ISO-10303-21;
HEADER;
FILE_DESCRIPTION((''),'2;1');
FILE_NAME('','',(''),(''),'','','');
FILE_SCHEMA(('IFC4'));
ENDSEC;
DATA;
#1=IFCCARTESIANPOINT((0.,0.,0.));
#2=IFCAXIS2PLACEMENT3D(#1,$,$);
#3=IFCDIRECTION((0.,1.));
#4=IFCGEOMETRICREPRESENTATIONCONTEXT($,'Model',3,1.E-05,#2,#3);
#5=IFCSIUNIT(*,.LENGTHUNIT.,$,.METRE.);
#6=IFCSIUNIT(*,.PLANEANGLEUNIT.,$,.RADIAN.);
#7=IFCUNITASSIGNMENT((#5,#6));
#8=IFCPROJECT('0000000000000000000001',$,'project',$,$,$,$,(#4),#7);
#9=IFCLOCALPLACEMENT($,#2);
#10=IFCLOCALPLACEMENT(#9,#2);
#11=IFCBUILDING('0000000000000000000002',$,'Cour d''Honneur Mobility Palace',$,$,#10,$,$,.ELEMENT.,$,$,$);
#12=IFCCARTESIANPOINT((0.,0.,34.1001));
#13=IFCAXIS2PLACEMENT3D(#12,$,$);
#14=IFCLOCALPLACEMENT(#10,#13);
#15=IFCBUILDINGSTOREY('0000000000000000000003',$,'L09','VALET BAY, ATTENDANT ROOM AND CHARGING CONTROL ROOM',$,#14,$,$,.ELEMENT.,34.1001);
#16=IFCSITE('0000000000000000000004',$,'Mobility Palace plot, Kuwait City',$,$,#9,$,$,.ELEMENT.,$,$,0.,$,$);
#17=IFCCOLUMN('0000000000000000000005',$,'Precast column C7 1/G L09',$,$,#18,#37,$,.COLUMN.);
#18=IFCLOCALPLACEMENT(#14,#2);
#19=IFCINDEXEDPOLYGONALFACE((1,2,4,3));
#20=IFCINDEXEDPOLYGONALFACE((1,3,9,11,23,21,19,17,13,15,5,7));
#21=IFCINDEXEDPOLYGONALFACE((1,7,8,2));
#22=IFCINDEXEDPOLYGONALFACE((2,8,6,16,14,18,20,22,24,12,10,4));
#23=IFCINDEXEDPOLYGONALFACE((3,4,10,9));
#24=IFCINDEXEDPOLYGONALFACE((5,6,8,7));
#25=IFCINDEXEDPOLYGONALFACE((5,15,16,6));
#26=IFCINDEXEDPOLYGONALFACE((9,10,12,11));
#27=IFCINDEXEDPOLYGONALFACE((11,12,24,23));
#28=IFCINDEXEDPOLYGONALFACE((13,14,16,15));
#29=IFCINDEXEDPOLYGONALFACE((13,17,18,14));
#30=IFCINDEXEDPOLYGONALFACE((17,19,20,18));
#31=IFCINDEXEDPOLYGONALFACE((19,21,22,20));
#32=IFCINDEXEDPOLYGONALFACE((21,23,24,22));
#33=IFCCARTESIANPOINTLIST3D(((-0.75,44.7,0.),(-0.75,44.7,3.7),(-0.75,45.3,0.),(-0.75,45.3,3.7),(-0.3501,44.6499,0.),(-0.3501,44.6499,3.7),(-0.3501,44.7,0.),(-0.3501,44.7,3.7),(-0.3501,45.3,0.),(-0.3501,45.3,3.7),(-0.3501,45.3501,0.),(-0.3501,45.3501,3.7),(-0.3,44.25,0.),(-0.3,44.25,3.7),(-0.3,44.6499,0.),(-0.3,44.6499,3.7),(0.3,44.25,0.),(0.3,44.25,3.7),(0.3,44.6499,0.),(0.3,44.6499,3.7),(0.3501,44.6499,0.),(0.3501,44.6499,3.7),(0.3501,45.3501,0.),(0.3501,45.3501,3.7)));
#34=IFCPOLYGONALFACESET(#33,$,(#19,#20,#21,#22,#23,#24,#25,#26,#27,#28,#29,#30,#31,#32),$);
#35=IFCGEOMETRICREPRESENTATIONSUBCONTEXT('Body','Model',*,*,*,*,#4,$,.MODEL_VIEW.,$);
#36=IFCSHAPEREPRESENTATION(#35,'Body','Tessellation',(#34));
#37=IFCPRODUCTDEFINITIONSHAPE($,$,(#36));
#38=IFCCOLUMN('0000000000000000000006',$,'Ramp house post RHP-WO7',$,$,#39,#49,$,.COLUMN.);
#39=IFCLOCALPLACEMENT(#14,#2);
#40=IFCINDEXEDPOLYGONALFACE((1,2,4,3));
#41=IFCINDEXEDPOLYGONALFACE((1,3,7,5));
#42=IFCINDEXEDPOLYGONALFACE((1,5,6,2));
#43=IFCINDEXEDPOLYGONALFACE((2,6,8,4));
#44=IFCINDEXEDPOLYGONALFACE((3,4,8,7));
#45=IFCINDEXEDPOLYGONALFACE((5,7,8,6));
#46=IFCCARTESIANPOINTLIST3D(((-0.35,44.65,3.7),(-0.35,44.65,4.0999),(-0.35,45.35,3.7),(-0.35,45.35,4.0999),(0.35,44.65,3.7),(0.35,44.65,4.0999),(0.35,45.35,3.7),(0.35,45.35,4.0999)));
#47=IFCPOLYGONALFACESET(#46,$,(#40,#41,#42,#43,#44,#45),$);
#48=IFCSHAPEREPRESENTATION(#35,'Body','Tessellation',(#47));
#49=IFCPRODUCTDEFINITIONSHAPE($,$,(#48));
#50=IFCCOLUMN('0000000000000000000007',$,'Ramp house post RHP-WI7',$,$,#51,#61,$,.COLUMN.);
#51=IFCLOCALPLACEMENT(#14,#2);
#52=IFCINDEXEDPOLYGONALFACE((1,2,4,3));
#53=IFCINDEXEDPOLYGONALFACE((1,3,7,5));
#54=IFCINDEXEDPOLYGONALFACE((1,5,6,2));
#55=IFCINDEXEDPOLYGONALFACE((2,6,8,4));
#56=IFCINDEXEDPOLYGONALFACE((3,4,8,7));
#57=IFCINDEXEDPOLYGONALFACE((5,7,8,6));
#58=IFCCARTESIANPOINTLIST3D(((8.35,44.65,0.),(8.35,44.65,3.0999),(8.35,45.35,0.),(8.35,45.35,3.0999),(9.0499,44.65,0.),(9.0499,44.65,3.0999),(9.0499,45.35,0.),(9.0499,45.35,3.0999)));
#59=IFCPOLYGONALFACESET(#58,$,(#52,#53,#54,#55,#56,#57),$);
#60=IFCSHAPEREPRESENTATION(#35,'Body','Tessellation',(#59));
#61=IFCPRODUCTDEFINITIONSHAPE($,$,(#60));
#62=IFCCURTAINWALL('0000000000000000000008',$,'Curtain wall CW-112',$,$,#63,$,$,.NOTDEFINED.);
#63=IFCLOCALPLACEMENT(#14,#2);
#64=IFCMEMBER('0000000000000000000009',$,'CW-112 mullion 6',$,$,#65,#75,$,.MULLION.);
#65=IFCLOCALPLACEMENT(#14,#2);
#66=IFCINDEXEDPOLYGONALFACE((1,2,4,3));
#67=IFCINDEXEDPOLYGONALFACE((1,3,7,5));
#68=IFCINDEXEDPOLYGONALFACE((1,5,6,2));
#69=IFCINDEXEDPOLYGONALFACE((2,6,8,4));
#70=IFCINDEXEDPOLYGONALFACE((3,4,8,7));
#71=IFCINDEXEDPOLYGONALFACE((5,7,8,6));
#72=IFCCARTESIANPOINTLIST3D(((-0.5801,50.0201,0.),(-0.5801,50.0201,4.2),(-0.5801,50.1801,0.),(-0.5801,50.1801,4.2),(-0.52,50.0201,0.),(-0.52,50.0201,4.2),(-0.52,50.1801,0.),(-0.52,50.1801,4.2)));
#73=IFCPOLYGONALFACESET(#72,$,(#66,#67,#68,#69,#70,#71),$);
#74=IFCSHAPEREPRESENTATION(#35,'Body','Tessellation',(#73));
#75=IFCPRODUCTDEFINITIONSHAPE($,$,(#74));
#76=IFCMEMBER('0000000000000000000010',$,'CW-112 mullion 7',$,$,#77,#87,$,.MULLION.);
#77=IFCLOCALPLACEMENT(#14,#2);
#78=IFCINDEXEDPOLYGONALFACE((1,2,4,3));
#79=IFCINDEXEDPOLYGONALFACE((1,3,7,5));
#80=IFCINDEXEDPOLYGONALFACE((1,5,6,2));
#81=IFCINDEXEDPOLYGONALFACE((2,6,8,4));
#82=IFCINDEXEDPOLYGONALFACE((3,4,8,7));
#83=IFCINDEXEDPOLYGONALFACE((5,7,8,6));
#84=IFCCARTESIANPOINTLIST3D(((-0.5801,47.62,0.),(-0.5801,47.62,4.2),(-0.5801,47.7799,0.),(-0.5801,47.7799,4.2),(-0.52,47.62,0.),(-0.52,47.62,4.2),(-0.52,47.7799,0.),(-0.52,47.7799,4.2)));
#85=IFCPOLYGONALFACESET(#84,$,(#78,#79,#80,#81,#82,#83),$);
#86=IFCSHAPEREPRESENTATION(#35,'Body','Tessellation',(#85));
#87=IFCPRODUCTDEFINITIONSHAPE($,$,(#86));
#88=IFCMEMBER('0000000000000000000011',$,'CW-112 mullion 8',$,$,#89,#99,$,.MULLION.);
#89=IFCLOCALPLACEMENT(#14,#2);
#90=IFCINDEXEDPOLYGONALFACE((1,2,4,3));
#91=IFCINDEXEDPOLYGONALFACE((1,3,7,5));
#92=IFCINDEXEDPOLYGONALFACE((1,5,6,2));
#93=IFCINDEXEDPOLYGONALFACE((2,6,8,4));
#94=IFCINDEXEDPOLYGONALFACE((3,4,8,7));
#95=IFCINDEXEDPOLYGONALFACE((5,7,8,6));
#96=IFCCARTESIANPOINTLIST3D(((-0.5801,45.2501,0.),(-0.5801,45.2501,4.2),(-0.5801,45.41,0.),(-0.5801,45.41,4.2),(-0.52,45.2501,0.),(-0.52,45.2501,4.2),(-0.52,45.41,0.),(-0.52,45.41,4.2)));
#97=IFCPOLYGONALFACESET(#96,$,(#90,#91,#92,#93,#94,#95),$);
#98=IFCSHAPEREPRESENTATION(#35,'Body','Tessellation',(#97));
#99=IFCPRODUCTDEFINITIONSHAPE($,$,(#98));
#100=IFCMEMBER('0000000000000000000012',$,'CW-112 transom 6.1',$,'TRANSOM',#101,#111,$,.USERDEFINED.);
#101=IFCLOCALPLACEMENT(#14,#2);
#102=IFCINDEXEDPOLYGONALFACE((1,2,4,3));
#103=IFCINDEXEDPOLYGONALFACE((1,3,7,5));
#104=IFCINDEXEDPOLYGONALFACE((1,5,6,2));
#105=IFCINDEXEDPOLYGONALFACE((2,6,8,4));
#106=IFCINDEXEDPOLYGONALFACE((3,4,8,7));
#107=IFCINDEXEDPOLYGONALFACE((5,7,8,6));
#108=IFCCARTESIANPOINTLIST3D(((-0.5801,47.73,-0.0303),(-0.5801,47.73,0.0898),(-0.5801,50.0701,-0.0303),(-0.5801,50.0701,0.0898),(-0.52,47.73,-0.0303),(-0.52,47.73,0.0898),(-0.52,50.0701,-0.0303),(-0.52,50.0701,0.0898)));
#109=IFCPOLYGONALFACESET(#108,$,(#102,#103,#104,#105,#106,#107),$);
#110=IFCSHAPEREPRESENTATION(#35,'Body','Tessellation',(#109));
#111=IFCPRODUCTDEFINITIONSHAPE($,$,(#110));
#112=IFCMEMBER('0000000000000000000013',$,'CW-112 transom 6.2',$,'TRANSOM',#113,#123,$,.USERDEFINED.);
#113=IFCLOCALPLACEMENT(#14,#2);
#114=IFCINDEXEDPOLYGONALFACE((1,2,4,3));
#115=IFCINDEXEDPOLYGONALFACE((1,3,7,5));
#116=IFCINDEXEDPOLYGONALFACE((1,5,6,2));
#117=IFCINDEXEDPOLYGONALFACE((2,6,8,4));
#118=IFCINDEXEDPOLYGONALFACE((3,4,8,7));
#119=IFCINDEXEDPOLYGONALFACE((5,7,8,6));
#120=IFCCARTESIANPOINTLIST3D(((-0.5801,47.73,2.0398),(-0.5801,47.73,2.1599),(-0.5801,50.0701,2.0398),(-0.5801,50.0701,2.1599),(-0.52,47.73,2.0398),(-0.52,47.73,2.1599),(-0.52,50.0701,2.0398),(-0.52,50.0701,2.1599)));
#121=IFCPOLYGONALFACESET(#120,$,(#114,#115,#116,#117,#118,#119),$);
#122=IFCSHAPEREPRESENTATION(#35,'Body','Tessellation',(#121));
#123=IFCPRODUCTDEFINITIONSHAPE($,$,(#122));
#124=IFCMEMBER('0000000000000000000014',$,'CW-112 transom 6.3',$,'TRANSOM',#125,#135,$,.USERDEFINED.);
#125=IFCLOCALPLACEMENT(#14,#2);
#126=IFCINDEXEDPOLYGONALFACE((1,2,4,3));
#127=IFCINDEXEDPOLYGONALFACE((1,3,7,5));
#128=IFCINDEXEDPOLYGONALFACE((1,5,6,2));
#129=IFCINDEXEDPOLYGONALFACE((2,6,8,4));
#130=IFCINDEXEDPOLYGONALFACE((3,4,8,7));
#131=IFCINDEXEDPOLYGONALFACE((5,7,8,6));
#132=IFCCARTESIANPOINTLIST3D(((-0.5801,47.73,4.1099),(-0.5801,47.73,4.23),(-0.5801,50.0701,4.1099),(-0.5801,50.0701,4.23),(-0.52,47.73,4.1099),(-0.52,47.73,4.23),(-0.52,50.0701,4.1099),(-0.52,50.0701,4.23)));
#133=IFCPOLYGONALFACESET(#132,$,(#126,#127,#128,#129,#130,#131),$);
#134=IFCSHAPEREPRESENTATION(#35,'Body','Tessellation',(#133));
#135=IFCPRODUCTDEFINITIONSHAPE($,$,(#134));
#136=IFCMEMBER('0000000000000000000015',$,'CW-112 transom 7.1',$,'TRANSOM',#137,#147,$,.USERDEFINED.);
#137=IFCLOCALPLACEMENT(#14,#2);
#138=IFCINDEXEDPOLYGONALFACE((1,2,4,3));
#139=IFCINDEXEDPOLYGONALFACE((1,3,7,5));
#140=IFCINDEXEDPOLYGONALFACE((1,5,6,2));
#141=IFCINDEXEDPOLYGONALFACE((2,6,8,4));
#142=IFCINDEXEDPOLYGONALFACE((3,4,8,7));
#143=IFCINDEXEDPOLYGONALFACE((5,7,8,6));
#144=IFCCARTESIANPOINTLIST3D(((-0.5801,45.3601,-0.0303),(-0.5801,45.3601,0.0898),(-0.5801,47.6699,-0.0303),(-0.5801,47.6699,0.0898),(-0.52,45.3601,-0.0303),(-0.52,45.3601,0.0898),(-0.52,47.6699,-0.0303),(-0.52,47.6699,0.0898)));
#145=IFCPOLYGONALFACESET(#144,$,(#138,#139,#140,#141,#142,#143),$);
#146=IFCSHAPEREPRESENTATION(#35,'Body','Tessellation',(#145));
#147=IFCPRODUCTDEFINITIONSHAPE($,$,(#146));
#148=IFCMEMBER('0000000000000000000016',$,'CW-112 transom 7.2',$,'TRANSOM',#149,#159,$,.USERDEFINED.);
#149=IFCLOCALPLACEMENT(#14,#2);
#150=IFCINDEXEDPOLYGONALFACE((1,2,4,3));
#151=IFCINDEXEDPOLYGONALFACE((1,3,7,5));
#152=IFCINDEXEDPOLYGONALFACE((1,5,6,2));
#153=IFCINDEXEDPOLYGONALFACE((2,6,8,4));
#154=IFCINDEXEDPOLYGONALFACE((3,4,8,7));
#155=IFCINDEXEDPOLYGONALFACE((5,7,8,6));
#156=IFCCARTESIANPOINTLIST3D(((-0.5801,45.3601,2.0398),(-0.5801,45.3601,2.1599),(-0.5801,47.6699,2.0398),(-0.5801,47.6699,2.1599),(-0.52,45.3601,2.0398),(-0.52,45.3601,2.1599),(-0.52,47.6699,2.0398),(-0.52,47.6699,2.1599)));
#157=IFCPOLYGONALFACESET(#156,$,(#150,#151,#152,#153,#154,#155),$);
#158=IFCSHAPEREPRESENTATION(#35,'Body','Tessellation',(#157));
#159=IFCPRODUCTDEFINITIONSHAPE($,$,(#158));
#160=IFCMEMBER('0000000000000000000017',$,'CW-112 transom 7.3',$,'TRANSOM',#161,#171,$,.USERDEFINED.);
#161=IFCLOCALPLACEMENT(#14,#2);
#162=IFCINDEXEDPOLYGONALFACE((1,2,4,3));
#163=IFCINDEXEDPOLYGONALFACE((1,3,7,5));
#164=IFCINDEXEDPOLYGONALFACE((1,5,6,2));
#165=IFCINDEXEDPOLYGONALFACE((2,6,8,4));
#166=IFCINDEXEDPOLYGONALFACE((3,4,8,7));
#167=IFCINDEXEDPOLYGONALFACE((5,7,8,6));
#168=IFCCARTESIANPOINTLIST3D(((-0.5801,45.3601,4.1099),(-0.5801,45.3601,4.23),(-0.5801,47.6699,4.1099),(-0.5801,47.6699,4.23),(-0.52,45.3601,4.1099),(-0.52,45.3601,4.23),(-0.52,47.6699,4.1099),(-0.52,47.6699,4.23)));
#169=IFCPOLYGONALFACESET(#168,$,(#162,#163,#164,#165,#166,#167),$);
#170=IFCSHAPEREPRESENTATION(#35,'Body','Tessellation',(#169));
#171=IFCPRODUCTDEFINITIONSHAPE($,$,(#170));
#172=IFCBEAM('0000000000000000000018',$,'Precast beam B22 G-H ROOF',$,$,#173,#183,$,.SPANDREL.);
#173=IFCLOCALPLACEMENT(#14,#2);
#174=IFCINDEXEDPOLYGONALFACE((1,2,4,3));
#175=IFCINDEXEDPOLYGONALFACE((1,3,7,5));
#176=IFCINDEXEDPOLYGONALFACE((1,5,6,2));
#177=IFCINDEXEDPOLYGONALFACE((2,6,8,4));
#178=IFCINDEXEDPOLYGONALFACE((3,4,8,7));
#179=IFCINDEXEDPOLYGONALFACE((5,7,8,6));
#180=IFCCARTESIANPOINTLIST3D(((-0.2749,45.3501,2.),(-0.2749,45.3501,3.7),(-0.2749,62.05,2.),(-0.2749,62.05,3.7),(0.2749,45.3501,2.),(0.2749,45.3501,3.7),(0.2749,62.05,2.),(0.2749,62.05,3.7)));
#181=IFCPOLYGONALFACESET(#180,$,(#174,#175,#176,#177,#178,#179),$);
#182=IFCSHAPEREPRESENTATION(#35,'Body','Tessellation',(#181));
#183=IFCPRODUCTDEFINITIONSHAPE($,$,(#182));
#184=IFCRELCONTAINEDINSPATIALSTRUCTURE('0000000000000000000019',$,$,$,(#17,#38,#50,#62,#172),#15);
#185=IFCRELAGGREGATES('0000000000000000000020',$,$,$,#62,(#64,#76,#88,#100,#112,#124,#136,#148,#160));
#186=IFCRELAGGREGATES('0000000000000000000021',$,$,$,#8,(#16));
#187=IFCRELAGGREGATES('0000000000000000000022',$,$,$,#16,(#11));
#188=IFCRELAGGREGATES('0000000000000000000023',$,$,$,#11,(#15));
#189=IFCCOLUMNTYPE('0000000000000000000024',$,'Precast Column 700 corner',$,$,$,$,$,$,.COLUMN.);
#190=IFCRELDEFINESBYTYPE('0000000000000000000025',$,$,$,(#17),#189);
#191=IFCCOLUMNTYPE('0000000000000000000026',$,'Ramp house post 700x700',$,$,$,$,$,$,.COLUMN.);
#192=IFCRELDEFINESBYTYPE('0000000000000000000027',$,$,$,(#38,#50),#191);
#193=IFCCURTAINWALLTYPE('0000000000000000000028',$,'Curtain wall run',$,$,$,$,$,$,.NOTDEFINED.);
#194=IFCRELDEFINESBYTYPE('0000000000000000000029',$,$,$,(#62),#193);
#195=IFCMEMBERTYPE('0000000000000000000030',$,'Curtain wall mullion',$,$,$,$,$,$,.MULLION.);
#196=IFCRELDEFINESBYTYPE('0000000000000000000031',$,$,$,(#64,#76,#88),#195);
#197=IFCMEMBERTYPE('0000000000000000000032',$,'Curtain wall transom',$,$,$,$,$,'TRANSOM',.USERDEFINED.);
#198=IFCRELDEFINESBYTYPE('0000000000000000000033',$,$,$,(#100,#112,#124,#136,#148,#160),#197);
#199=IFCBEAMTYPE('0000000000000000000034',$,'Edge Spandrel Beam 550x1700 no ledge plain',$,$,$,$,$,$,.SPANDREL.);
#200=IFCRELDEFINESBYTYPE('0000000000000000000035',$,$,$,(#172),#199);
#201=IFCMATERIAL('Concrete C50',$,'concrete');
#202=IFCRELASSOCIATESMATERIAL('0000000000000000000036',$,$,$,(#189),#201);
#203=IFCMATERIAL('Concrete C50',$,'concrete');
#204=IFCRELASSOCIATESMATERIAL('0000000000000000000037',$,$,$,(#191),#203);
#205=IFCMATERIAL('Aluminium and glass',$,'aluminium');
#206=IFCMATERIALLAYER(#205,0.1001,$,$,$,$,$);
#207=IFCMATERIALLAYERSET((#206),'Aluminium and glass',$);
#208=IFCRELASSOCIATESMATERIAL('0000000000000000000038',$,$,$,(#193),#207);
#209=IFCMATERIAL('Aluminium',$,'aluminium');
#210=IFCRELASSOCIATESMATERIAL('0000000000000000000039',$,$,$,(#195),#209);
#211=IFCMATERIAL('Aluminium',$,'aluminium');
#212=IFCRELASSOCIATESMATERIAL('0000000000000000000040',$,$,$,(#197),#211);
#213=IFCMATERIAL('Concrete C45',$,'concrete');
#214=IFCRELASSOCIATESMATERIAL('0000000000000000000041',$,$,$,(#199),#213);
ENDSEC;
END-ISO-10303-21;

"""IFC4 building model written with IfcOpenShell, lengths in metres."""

from ifc_helpers import new_model, si_unit, direction, frame, origin, origin_2d, place, context, subcontext, project, spatial, polyline, rectangle, outline, extrude, material, layer, layer_set, material_profile, profile_set, type_object, element, aggregate, save


model = new_model("IFC4")

# Units and contexts
model_context = context("Model", 3, precision=1e-05, world=origin(), true_north=direction((0.0, 1.0)))
body_context = subcontext(model_context, "Body", "Model", "MODEL_VIEW")
ifc_project = project(units=[si_unit("LENGTHUNIT", "METRE"), si_unit("PLANEANGLEUNIT", "RADIAN")], contexts=[model_context])

# Site, building, storey
site_placement = place(None, origin())
site = spatial("IfcSite", under=ifc_project, at=site_placement, Name="Mobility Palace plot, Kuwait City", CompositionType="ELEMENT", RefElevation=0.0)
building_placement = place(site_placement, origin())
building = spatial("IfcBuilding", under=site, at=building_placement, Name="Cour d'Honneur Mobility Palace", CompositionType="ELEMENT")
storey_placement = place(building_placement, frame((0.0, 0.0, 34.1001)))
storey = spatial("IfcBuildingStorey", under=building, at=storey_placement, Name="L09", Description="VALET BAY, ATTENDANT ROOM AND CHARGING CONTROL ROOM", CompositionType="ELEMENT", Elevation=34.1001)

# Columns
ifc_material_1 = material(Name="Concrete C50", Category="concrete")
ifc_material_profile_1 = material_profile(ifc_material_1, outline(polyline([(-0.3501, -0.3501), (0.3501, -0.3501), (0.3501, -0.3), (0.75, -0.3), (0.75, 0.3), (0.3501, 0.3), (0.3501, 0.3501), (0.3, 0.3501), (0.3, 0.75), (-0.3, 0.75), (-0.3, 0.3501), (-0.3501, 0.3501), (-0.3501, -0.3501)])), Name="PC C700 corner")
ifc_profile_set_1 = profile_set([ifc_material_profile_1], Name="Concrete C50")
column_type_1 = type_object("IfcColumnType", Name="Precast Column 700 corner", PredefinedType="COLUMN", material=ifc_profile_set_1)
column_1_placement = place(storey_placement, frame((0.0, 45.0, 0.0), z_axis=(0.0, 0.0, 1.0), x_axis=(-1.0, 0.0, 0.0)))
element("IfcColumn", 1, at=column_1_placement, inside=storey, type_object=column_type_1, Name="Precast column C7 1/G L09", PredefinedType="COLUMN", context=body_context, shape_type="SweptSolid", body=[
    extrude(outline(polyline([(-0.3501, -0.3501), (0.3501, -0.3501), (0.3501, -0.3), (0.75, -0.3), (0.75, 0.3), (0.3501, 0.3), (0.3501, 0.3501), (0.3, 0.3501), (0.3, 0.75), (-0.3, 0.75), (-0.3, 0.3501), (-0.3501, 0.3501), (-0.3501, -0.3501)])), origin(), (0.0, 0.0, 1.0), 3.7),
])
ifc_material_2 = material(Name="Concrete C50", Category="concrete")
ifc_material_profile_2 = material_profile(ifc_material_2, rectangle(XDim=0.7, YDim=0.7, at=origin_2d()), Name="Ramp house post 700x700")
ifc_profile_set_2 = profile_set([ifc_material_profile_2], Name="Concrete C50")
column_type_2 = type_object("IfcColumnType", Name="Ramp house post 700x700", PredefinedType="COLUMN", material=ifc_profile_set_2)
column_2_placement = place(storey_placement, frame((0.0, 45.0, 3.7), z_axis=(0.0, 0.0, 1.0), x_axis=(1.0, 0.0, 0.0)))
element("IfcColumn", 2, at=column_2_placement, inside=storey, type_object=column_type_2, Name="Ramp house post RHP-WO7", PredefinedType="COLUMN", context=body_context, shape_type="SweptSolid", body=[
    extrude(rectangle(XDim=0.7, YDim=0.7, at=origin_2d()), origin(), (0.0, 0.0, 1.0), 0.3999),
])
column_3_placement = place(storey_placement, frame((8.7, 45.0, 0.0), z_axis=(0.0, 0.0, 1.0), x_axis=(1.0, 0.0, 0.0)))
element("IfcColumn", 3, at=column_3_placement, inside=storey, type_object=column_type_2, Name="Ramp house post RHP-WI7", PredefinedType="COLUMN", context=body_context, shape_type="SweptSolid", body=[
    extrude(rectangle(XDim=0.7, YDim=0.7, at=origin_2d()), origin(), (0.0, 0.0, 1.0), 3.0999),
])

# Curtain wall, members
ifc_material_3 = material(Name="Aluminium and glass", Category="aluminium")
ifc_layer_1 = layer(ifc_material_3, 0.1001)
ifc_layer_set_1 = layer_set([ifc_layer_1], Name="Aluminium and glass")
curtain_wall_type = type_object("IfcCurtainWallType", Name="Curtain wall run", PredefinedType="NOTDEFINED", material=ifc_layer_set_1)
curtain_wall_placement = place(storey_placement, origin())
curtain_wall = element("IfcCurtainWall", 4, at=curtain_wall_placement, inside=storey, type_object=curtain_wall_type, Name="Curtain wall CW-112", PredefinedType="NOTDEFINED")
ifc_material_4 = material(Name="Aluminium", Category="aluminium")
ifc_material_profile_3 = material_profile(ifc_material_4, rectangle(XDim=0.0601, YDim=0.1599, at=origin_2d()), Name="Curtain wall mullion")
ifc_profile_set_3 = profile_set([ifc_material_profile_3], Name="Aluminium")
member_type_1 = type_object("IfcMemberType", Name="Curtain wall mullion", PredefinedType="MULLION", material=ifc_profile_set_3)
member_1_placement = place(storey_placement, frame((-0.55, 50.1001, 0.0), z_axis=(0.0, 0.0, 1.0), x_axis=(1.0, 0.0, 0.0)))
member_1 = element("IfcMember", 5, at=member_1_placement, type_object=member_type_1, Name="CW-112 mullion 6", PredefinedType="MULLION", context=body_context, shape_type="SweptSolid", body=[
    extrude(rectangle(XDim=0.0601, YDim=0.1599, at=origin_2d()), origin(), (0.0, 0.0, 1.0), 4.2),
])
member_2_placement = place(storey_placement, frame((-0.55, 47.7, 0.0), z_axis=(0.0, 0.0, 1.0), x_axis=(1.0, 0.0, 0.0)))
member_2 = element("IfcMember", 6, at=member_2_placement, type_object=member_type_1, Name="CW-112 mullion 7", PredefinedType="MULLION", context=body_context, shape_type="SweptSolid", body=[
    extrude(rectangle(XDim=0.0601, YDim=0.1599, at=origin_2d()), origin(), (0.0, 0.0, 1.0), 4.2),
])
member_3_placement = place(storey_placement, frame((-0.55, 45.3301, 0.0), z_axis=(0.0, 0.0, 1.0), x_axis=(1.0, 0.0, 0.0)))
member_3 = element("IfcMember", 7, at=member_3_placement, type_object=member_type_1, Name="CW-112 mullion 8", PredefinedType="MULLION", context=body_context, shape_type="SweptSolid", body=[
    extrude(rectangle(XDim=0.0601, YDim=0.1599, at=origin_2d()), origin(), (0.0, 0.0, 1.0), 4.2),
])
ifc_material_5 = material(Name="Aluminium", Category="aluminium")
ifc_material_profile_4 = material_profile(ifc_material_5, rectangle(XDim=0.0601, YDim=0.1201, at=origin_2d()), Name="Curtain wall transom")
ifc_profile_set_4 = profile_set([ifc_material_profile_4], Name="Aluminium")
member_type_2 = type_object("IfcMemberType", Name="Curtain wall transom", ElementType="TRANSOM", PredefinedType="USERDEFINED", material=ifc_profile_set_4)
member_4_placement = place(storey_placement, frame((-0.55, 50.0701, 0.0298), z_axis=(0.0, -1.0, 0.0), x_axis=(1.0, 0.0, 0.0)))
member_4 = element("IfcMember", 8, at=member_4_placement, type_object=member_type_2, Name="CW-112 transom 6.1", ObjectType="TRANSOM", PredefinedType="USERDEFINED", context=body_context, shape_type="SweptSolid", body=[
    extrude(rectangle(XDim=0.0601, YDim=0.1201, at=origin_2d()), origin(), (0.0, 0.0, 1.0), 2.3401),
])
member_5_placement = place(storey_placement, frame((-0.55, 50.0701, 2.0999), z_axis=(0.0, -1.0, 0.0), x_axis=(1.0, 0.0, 0.0)))
member_5 = element("IfcMember", 9, at=member_5_placement, type_object=member_type_2, Name="CW-112 transom 6.2", ObjectType="TRANSOM", PredefinedType="USERDEFINED", context=body_context, shape_type="SweptSolid", body=[
    extrude(rectangle(XDim=0.0601, YDim=0.1201, at=origin_2d()), origin(), (0.0, 0.0, 1.0), 2.3401),
])
member_6_placement = place(storey_placement, frame((-0.55, 50.0701, 4.1699), z_axis=(0.0, -1.0, 0.0), x_axis=(1.0, 0.0, 0.0)))
member_6 = element("IfcMember", 10, at=member_6_placement, type_object=member_type_2, Name="CW-112 transom 6.3", ObjectType="TRANSOM", PredefinedType="USERDEFINED", context=body_context, shape_type="SweptSolid", body=[
    extrude(rectangle(XDim=0.0601, YDim=0.1201, at=origin_2d()), origin(), (0.0, 0.0, 1.0), 2.3401),
])
member_7_placement = place(storey_placement, frame((-0.55, 47.6699, 0.0298), z_axis=(0.0, -1.0, 0.0), x_axis=(1.0, 0.0, 0.0)))
member_7 = element("IfcMember", 11, at=member_7_placement, type_object=member_type_2, Name="CW-112 transom 7.1", ObjectType="TRANSOM", PredefinedType="USERDEFINED", context=body_context, shape_type="SweptSolid", body=[
    extrude(rectangle(XDim=0.0601, YDim=0.1201, at=origin_2d()), origin(), (0.0, 0.0, 1.0), 2.3098),
])
member_8_placement = place(storey_placement, frame((-0.55, 47.6699, 2.0999), z_axis=(0.0, -1.0, 0.0), x_axis=(1.0, 0.0, 0.0)))
member_8 = element("IfcMember", 12, at=member_8_placement, type_object=member_type_2, Name="CW-112 transom 7.2", ObjectType="TRANSOM", PredefinedType="USERDEFINED", context=body_context, shape_type="SweptSolid", body=[
    extrude(rectangle(XDim=0.0601, YDim=0.1201, at=origin_2d()), origin(), (0.0, 0.0, 1.0), 2.3098),
])
member_9_placement = place(storey_placement, frame((-0.55, 47.6699, 4.1699), z_axis=(0.0, -1.0, 0.0), x_axis=(1.0, 0.0, 0.0)))
member_9 = element("IfcMember", 13, at=member_9_placement, type_object=member_type_2, Name="CW-112 transom 7.3", ObjectType="TRANSOM", PredefinedType="USERDEFINED", context=body_context, shape_type="SweptSolid", body=[
    extrude(rectangle(XDim=0.0601, YDim=0.1201, at=origin_2d()), origin(), (0.0, 0.0, 1.0), 2.3098),
])

# Beam
ifc_material_6 = material(Name="Concrete C45", Category="concrete")
ifc_material_profile_5 = material_profile(ifc_material_6, outline(polyline([(0.2749, -1.7), (0.2749, 0.0), (-0.2749, 0.0), (-0.2749, -1.7), (0.2749, -1.7)])), Name="Edge Spandrel Beam 550x1700 no ledge plain")
ifc_profile_set_5 = profile_set([ifc_material_profile_5], Name="Concrete C45")
beam_type_1 = type_object("IfcBeamType", Name="Edge Spandrel Beam 550x1700 no ledge plain", PredefinedType="SPANDREL", material=ifc_profile_set_5)
beam_1_placement = place(storey_placement, frame((0.0, 45.3501, 3.7), z_axis=(0.0, 1.0, 0.0), x_axis=(-1.0, 0.0, 0.0)))
element("IfcBeam", 14, at=beam_1_placement, inside=storey, type_object=beam_type_1, Name="Precast beam B22 G-H ROOF", PredefinedType="SPANDREL", context=body_context, shape_type="SweptSolid", body=[
    extrude(outline(polyline([(0.2749, -1.7), (0.2749, 0.0), (-0.2749, 0.0), (-0.2749, -1.7), (0.2749, -1.7)])), origin(), (0.0, 0.0, 1.0), 16.7),
])

aggregate(curtain_wall, [member_1, member_2, member_3, member_4, member_5, member_6, member_7, member_8, member_9])

save(model, "model.ifc")
